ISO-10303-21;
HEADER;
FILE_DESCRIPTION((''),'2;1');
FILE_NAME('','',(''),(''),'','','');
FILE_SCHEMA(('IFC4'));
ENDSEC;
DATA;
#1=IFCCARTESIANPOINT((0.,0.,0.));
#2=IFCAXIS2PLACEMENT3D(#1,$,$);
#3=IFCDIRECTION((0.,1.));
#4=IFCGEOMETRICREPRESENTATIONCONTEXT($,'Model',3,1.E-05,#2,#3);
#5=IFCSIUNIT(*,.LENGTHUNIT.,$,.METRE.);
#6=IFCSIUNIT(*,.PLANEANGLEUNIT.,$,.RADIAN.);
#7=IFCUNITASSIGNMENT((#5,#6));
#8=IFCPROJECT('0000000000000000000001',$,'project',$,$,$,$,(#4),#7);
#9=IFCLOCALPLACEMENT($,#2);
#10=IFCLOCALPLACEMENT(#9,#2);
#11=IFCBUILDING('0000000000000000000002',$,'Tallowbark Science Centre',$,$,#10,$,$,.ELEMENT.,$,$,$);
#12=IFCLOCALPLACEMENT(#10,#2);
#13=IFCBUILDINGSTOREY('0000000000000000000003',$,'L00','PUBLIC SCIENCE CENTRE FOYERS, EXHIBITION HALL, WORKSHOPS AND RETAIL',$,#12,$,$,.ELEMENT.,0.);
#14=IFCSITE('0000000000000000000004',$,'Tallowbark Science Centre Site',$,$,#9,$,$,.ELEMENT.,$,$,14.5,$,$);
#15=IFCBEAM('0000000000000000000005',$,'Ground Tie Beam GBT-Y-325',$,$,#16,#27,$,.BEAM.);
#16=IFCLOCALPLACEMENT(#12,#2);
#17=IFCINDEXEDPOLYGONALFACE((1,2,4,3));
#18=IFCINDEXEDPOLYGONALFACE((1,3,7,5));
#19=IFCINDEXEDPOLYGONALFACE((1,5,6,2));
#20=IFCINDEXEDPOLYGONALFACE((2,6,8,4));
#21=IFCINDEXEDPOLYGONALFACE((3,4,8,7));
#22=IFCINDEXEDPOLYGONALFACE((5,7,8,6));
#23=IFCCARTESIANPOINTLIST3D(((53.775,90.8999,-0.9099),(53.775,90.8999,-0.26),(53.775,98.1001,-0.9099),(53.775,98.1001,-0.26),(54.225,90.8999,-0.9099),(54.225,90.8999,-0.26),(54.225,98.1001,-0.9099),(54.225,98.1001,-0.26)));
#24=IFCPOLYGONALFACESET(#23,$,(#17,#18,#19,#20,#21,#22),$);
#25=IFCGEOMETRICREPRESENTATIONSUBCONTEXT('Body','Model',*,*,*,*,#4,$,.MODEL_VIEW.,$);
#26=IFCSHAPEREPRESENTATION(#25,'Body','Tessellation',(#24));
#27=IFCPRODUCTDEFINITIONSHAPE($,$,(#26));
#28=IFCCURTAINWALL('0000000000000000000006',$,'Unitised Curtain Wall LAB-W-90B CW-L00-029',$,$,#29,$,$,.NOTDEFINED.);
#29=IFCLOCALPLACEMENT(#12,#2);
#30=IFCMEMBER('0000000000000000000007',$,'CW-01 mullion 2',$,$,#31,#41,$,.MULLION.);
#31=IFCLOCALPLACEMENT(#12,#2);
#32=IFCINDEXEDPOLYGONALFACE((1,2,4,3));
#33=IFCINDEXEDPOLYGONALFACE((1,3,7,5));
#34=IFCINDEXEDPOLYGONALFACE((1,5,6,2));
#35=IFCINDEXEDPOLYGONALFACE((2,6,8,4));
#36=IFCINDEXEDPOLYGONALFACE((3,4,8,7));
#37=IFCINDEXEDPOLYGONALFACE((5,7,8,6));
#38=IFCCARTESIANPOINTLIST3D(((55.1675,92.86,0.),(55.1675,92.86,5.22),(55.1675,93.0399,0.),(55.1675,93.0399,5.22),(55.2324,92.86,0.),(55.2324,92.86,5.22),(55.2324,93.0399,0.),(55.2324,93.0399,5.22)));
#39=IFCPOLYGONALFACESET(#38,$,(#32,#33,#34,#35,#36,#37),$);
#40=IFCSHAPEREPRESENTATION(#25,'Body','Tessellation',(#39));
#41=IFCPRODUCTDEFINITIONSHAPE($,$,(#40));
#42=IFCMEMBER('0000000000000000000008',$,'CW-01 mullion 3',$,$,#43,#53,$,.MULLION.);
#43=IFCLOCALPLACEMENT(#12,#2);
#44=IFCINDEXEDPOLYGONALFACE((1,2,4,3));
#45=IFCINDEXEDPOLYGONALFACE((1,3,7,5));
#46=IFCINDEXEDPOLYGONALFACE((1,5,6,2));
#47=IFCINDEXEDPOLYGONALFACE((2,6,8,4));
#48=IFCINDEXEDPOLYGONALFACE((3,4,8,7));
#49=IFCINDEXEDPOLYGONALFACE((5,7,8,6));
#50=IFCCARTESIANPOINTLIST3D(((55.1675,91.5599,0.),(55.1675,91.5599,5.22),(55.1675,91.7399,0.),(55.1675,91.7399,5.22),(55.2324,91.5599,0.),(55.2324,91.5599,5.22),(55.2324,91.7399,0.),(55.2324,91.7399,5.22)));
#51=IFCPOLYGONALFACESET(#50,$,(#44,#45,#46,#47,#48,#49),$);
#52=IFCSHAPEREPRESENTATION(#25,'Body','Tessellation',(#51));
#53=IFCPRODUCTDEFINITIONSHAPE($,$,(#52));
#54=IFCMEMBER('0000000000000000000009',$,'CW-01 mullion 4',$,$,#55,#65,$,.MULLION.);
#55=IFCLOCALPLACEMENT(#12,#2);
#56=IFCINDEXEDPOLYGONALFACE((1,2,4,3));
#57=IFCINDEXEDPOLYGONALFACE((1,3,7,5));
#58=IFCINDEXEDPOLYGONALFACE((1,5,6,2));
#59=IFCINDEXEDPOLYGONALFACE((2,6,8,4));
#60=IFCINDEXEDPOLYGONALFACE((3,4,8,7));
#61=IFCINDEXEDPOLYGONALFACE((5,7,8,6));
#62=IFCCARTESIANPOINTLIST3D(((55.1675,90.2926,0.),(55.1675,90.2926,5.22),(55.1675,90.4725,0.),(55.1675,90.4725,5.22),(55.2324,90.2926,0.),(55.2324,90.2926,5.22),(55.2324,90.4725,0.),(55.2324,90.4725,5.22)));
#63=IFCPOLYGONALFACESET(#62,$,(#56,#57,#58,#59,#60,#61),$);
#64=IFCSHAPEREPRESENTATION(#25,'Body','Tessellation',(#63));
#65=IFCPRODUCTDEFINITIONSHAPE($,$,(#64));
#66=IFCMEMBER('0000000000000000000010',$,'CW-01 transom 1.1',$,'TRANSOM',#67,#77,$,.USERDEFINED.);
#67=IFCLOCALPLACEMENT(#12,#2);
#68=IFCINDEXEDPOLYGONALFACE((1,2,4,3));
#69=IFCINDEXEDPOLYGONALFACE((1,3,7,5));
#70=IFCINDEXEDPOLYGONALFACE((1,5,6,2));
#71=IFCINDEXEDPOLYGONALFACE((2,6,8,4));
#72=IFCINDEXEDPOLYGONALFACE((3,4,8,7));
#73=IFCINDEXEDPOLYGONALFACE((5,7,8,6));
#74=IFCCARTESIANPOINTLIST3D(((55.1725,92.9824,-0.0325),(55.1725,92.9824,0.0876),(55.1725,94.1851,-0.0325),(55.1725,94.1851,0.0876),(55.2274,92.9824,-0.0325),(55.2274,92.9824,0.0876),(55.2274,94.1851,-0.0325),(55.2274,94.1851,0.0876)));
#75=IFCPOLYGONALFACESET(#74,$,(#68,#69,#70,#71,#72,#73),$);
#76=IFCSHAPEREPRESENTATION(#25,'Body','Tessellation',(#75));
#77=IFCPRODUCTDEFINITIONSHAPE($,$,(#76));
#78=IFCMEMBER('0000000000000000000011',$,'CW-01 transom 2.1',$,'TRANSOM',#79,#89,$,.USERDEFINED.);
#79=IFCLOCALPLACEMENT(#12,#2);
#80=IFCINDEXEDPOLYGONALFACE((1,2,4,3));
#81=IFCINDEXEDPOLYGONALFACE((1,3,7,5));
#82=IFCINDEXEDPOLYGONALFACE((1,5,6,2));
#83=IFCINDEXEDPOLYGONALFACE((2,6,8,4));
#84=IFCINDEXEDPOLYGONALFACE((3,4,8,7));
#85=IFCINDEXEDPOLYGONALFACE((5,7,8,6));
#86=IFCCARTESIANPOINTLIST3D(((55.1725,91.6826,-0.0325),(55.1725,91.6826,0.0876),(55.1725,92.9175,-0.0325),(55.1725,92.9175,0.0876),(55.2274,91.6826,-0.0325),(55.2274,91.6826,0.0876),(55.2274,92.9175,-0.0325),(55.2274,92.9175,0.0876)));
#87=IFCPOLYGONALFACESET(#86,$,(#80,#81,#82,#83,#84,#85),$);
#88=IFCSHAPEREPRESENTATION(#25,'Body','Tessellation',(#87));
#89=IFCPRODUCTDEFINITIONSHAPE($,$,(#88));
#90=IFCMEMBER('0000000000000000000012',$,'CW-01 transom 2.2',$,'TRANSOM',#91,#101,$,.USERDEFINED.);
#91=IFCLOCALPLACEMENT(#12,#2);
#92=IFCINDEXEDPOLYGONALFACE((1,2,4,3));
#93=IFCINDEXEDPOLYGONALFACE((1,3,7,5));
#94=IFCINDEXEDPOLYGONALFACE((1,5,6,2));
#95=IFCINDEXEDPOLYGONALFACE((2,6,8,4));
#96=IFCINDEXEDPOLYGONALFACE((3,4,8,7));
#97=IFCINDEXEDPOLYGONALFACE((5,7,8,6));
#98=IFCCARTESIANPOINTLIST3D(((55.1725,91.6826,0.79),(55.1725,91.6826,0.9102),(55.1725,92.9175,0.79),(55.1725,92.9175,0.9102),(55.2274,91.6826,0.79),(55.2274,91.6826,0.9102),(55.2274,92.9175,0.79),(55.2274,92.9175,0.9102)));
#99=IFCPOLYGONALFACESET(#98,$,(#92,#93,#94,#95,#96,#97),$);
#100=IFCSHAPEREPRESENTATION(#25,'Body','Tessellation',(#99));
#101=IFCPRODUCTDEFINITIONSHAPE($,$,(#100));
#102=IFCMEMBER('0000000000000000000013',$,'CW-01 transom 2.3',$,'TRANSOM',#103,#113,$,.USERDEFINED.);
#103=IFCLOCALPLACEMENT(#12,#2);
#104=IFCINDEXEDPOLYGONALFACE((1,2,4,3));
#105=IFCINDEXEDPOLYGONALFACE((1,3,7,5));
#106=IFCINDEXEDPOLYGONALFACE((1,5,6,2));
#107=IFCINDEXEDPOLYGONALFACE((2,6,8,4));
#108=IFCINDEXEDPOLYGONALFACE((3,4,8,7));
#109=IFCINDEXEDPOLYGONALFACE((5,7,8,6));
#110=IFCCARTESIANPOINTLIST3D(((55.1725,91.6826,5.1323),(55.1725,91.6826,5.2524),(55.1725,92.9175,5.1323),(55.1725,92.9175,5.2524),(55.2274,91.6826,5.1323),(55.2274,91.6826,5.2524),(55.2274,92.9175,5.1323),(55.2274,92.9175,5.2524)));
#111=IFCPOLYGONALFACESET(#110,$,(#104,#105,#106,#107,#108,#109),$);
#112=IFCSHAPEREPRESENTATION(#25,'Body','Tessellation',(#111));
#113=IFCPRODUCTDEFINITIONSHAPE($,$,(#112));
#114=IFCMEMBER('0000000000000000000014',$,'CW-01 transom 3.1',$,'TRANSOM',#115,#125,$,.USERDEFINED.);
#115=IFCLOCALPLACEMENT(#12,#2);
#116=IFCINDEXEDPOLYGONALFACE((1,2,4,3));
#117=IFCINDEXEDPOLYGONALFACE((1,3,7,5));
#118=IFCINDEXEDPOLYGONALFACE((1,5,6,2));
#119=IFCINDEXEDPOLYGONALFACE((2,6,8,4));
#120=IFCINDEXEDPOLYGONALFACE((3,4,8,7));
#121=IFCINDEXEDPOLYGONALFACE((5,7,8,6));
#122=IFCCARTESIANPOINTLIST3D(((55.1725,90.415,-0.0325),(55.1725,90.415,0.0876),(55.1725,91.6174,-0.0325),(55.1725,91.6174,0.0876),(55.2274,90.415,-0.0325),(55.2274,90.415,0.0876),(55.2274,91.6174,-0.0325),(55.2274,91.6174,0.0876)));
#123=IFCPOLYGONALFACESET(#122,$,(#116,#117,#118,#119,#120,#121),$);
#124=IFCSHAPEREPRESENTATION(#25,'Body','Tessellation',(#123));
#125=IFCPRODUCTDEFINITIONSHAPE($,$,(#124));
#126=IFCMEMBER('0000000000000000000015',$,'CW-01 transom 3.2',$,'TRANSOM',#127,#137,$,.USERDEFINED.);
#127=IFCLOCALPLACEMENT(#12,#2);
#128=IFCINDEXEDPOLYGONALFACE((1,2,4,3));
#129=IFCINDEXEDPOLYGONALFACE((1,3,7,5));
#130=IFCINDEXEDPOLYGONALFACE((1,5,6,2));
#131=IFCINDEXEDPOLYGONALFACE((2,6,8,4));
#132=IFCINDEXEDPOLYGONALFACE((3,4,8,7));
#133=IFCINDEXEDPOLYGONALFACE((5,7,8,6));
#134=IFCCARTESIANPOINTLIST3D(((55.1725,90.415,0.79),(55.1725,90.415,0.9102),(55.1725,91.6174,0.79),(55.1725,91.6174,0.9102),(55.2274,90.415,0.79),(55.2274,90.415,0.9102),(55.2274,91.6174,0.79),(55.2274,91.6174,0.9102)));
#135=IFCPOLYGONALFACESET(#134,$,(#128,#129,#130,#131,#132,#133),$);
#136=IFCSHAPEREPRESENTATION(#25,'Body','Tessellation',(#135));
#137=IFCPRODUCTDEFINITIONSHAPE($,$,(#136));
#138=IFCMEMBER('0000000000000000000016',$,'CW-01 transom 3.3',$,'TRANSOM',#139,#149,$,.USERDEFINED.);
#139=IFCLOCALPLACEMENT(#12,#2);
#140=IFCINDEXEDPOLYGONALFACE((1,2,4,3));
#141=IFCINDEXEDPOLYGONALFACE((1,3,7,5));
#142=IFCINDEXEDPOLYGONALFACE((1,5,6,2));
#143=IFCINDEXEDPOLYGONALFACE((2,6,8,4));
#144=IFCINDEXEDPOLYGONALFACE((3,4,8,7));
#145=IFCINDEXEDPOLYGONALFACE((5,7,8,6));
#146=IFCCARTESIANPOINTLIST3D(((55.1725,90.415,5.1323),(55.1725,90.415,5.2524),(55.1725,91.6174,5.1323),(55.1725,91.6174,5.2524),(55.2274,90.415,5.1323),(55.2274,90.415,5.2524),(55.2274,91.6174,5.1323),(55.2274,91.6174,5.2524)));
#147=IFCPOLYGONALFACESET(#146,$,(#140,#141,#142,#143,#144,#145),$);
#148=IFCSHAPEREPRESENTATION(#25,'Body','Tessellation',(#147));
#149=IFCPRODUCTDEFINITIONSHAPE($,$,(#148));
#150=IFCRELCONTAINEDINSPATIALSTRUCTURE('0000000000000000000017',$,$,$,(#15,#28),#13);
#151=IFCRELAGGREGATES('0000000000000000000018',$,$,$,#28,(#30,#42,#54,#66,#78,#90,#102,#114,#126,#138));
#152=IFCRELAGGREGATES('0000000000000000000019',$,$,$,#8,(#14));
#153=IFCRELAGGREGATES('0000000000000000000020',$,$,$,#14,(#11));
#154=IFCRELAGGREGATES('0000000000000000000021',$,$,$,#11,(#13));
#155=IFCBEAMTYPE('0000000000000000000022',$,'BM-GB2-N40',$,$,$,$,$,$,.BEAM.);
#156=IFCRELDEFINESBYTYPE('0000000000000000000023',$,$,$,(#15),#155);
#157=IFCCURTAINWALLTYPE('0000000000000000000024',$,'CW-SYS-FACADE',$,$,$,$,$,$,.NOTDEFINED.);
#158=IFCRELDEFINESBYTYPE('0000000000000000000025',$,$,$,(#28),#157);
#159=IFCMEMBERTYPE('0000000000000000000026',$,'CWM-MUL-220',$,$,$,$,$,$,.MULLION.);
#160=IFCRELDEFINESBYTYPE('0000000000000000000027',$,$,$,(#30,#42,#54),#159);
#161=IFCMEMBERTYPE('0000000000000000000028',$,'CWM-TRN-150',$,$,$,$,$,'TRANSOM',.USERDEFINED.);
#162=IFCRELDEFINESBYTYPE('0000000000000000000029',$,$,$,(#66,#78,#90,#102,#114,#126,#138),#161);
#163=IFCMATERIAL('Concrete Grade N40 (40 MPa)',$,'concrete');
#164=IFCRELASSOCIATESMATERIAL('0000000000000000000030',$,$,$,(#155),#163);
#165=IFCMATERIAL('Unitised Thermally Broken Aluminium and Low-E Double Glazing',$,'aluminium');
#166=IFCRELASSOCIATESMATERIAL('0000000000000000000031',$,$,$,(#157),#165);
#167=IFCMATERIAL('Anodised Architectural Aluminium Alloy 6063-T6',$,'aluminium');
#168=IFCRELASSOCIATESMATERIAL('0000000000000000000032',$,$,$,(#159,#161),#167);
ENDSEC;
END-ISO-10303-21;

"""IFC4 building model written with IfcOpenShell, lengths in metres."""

from ifc_helpers import new_model, si_unit, direction, frame, origin, origin_2d, place, context, subcontext, project, spatial, rectangle, extrude, material, material_profile, profile_set, type_object, element, aggregate, save


model = new_model("IFC4")

# Units and contexts
model_context = context("Model", 3, precision=1e-05, world=origin(), true_north=direction((0.0, 1.0)))
body_context = subcontext(model_context, "Body", "Model", "MODEL_VIEW")
ifc_project = project(units=[si_unit("LENGTHUNIT", "METRE"), si_unit("PLANEANGLEUNIT", "RADIAN")], contexts=[model_context])

# Site, building, storey
site_placement = place(None, origin())
site = spatial("IfcSite", under=ifc_project, at=site_placement, Name="Tallowbark Science Centre Site", CompositionType="ELEMENT", RefElevation=14.5)
building_placement = place(site_placement, origin())
building = spatial("IfcBuilding", under=site, at=building_placement, Name="Tallowbark Science Centre", CompositionType="ELEMENT")
storey_placement = place(building_placement, origin())
storey = spatial("IfcBuildingStorey", under=building, at=storey_placement, Name="L00", Description="PUBLIC SCIENCE CENTRE FOYERS, EXHIBITION HALL, WORKSHOPS AND RETAIL", CompositionType="ELEMENT", Elevation=0.0)

# Beam
ifc_material_1 = material(Name="Concrete Grade N40 (40 MPa)", Category="concrete")
ifc_material_profile_1 = material_profile(ifc_material_1, rectangle(XDim=0.45, YDim=0.6499, at=origin_2d()), Name="RC450x650")
ifc_profile_set_1 = profile_set([ifc_material_profile_1], Name="Concrete Grade N40 (40 MPa)")
beam_type_1 = type_object("IfcBeamType", Name="BM-GB2-N40", PredefinedType="BEAM", material=ifc_profile_set_1)
beam_1_placement = place(storey_placement, frame((54.0, 90.8999, -0.585), z_axis=(0.0, 1.0, 0.0), x_axis=(-1.0, 0.0, 0.0)))
element("IfcBeam", 1, at=beam_1_placement, inside=storey, type_object=beam_type_1, Name="Ground Tie Beam GBT-Y-325", PredefinedType="BEAM", context=body_context, shape_type="SweptSolid", body=[
    extrude(rectangle(XDim=0.45, YDim=0.6499, at=origin_2d()), origin(), (0.0, 0.0, 1.0), 7.2002),
])

# Curtain wall, members
ifc_material_2 = material(Name="Unitised Thermally Broken Aluminium and Low-E Double Glazing", Category="aluminium")
curtain_wall_type = type_object("IfcCurtainWallType", Name="CW-SYS-FACADE", PredefinedType="NOTDEFINED", material=ifc_material_2)
curtain_wall_placement = place(storey_placement, origin())
curtain_wall = element("IfcCurtainWall", 2, at=curtain_wall_placement, inside=storey, type_object=curtain_wall_type, Name="Unitised Curtain Wall LAB-W-90B CW-L00-029", PredefinedType="NOTDEFINED")
ifc_material_3 = material(Name="Anodised Architectural Aluminium Alloy 6063-T6", Category="aluminium")
ifc_material_profile_2 = material_profile(ifc_material_3, rectangle(XDim=0.0649, YDim=0.1799, at=origin_2d()), Name="ALU65x180")
ifc_profile_set_2 = profile_set([ifc_material_profile_2], Name="Anodised Architectural Aluminium Alloy 6063-T6")
member_type_1 = type_object("IfcMemberType", Name="CWM-MUL-220", PredefinedType="MULLION", material=ifc_profile_set_2)
member_1_placement = place(storey_placement, frame((55.2, 92.95, 0.0), z_axis=(0.0, 0.0, 1.0), x_axis=(1.0, 0.0, 0.0)))
member_1 = element("IfcMember", 3, at=member_1_placement, type_object=member_type_1, Name="CW-01 mullion 2", PredefinedType="MULLION", context=body_context, shape_type="SweptSolid", body=[
    extrude(rectangle(XDim=0.0649, YDim=0.1799, at=origin_2d()), origin(), (0.0, 0.0, 1.0), 5.22),
])
member_2_placement = place(storey_placement, frame((55.2, 91.6499, 0.0), z_axis=(0.0, 0.0, 1.0), x_axis=(1.0, 0.0, 0.0)))
member_2 = element("IfcMember", 4, at=member_2_placement, type_object=member_type_1, Name="CW-01 mullion 3", PredefinedType="MULLION", context=body_context, shape_type="SweptSolid", body=[
    extrude(rectangle(XDim=0.0649, YDim=0.1799, at=origin_2d()), origin(), (0.0, 0.0, 1.0), 5.22),
])
member_3_placement = place(storey_placement, frame((55.2, 90.3826, 0.0), z_axis=(0.0, 0.0, 1.0), x_axis=(1.0, 0.0, 0.0)))
member_3 = element("IfcMember", 5, at=member_3_placement, type_object=member_type_1, Name="CW-01 mullion 4", PredefinedType="MULLION", context=body_context, shape_type="SweptSolid", body=[
    extrude(rectangle(XDim=0.0649, YDim=0.1799, at=origin_2d()), origin(), (0.0, 0.0, 1.0), 5.22),
])
ifc_material_profile_3 = material_profile(ifc_material_3, rectangle(XDim=0.0549, YDim=0.1201, at=origin_2d()), Name="ALU55x120")
ifc_profile_set_3 = profile_set([ifc_material_profile_3], Name="Anodised Architectural Aluminium Alloy 6063-T6")
member_type_2 = type_object("IfcMemberType", Name="CWM-TRN-150", ElementType="TRANSOM", PredefinedType="USERDEFINED", material=ifc_profile_set_3)
member_4_placement = place(storey_placement, frame((55.2, 94.1851, 0.0276), z_axis=(0.0, -1.0, 0.0), x_axis=(1.0, 0.0, 0.0)))
member_4 = element("IfcMember", 6, at=member_4_placement, type_object=member_type_2, Name="CW-01 transom 1.1", ObjectType="TRANSOM", PredefinedType="USERDEFINED", context=body_context, shape_type="SweptSolid", body=[
    extrude(rectangle(XDim=0.0549, YDim=0.1201, at=origin_2d()), origin(), (0.0, 0.0, 1.0), 1.2026),
])
member_5_placement = place(storey_placement, frame((55.2, 92.9175, 0.0276), z_axis=(0.0, -1.0, 0.0), x_axis=(1.0, 0.0, 0.0)))
member_5 = element("IfcMember", 7, at=member_5_placement, type_object=member_type_2, Name="CW-01 transom 2.1", ObjectType="TRANSOM", PredefinedType="USERDEFINED", context=body_context, shape_type="SweptSolid", body=[
    extrude(rectangle(XDim=0.0549, YDim=0.1201, at=origin_2d()), origin(), (0.0, 0.0, 1.0), 1.2349),
])
member_6_placement = place(storey_placement, frame((55.2, 92.9175, 0.8501), z_axis=(0.0, -1.0, 0.0), x_axis=(1.0, 0.0, 0.0)))
member_6 = element("IfcMember", 8, at=member_6_placement, type_object=member_type_2, Name="CW-01 transom 2.2", ObjectType="TRANSOM", PredefinedType="USERDEFINED", context=body_context, shape_type="SweptSolid", body=[
    extrude(rectangle(XDim=0.0549, YDim=0.1201, at=origin_2d()), origin(), (0.0, 0.0, 1.0), 1.2349),
])
member_7_placement = place(storey_placement, frame((55.2, 92.9175, 5.1924), z_axis=(0.0, -1.0, 0.0), x_axis=(1.0, 0.0, 0.0)))
member_7 = element("IfcMember", 9, at=member_7_placement, type_object=member_type_2, Name="CW-01 transom 2.3", ObjectType="TRANSOM", PredefinedType="USERDEFINED", context=body_context, shape_type="SweptSolid", body=[
    extrude(rectangle(XDim=0.0549, YDim=0.1201, at=origin_2d()), origin(), (0.0, 0.0, 1.0), 1.2349),
])
member_8_placement = place(storey_placement, frame((55.2, 91.6174, 0.0276), z_axis=(0.0, -1.0, 0.0), x_axis=(1.0, 0.0, 0.0)))
member_8 = element("IfcMember", 10, at=member_8_placement, type_object=member_type_2, Name="CW-01 transom 3.1", ObjectType="TRANSOM", PredefinedType="USERDEFINED", context=body_context, shape_type="SweptSolid", body=[
    extrude(rectangle(XDim=0.0549, YDim=0.1201, at=origin_2d()), origin(), (0.0, 0.0, 1.0), 1.2024),
])
member_9_placement = place(storey_placement, frame((55.2, 91.6174, 0.8501), z_axis=(0.0, -1.0, 0.0), x_axis=(1.0, 0.0, 0.0)))
member_9 = element("IfcMember", 11, at=member_9_placement, type_object=member_type_2, Name="CW-01 transom 3.2", ObjectType="TRANSOM", PredefinedType="USERDEFINED", context=body_context, shape_type="SweptSolid", body=[
    extrude(rectangle(XDim=0.0549, YDim=0.1201, at=origin_2d()), origin(), (0.0, 0.0, 1.0), 1.2024),
])
member_10_placement = place(storey_placement, frame((55.2, 91.6174, 5.1924), z_axis=(0.0, -1.0, 0.0), x_axis=(1.0, 0.0, 0.0)))
member_10 = element("IfcMember", 12, at=member_10_placement, type_object=member_type_2, Name="CW-01 transom 3.3", ObjectType="TRANSOM", PredefinedType="USERDEFINED", context=body_context, shape_type="SweptSolid", body=[
    extrude(rectangle(XDim=0.0549, YDim=0.1201, at=origin_2d()), origin(), (0.0, 0.0, 1.0), 1.2024),
])

aggregate(curtain_wall, [member_1, member_2, member_3, member_4, member_5, member_6, member_7, member_8, member_9, member_10])

save(model, "model.ifc")
